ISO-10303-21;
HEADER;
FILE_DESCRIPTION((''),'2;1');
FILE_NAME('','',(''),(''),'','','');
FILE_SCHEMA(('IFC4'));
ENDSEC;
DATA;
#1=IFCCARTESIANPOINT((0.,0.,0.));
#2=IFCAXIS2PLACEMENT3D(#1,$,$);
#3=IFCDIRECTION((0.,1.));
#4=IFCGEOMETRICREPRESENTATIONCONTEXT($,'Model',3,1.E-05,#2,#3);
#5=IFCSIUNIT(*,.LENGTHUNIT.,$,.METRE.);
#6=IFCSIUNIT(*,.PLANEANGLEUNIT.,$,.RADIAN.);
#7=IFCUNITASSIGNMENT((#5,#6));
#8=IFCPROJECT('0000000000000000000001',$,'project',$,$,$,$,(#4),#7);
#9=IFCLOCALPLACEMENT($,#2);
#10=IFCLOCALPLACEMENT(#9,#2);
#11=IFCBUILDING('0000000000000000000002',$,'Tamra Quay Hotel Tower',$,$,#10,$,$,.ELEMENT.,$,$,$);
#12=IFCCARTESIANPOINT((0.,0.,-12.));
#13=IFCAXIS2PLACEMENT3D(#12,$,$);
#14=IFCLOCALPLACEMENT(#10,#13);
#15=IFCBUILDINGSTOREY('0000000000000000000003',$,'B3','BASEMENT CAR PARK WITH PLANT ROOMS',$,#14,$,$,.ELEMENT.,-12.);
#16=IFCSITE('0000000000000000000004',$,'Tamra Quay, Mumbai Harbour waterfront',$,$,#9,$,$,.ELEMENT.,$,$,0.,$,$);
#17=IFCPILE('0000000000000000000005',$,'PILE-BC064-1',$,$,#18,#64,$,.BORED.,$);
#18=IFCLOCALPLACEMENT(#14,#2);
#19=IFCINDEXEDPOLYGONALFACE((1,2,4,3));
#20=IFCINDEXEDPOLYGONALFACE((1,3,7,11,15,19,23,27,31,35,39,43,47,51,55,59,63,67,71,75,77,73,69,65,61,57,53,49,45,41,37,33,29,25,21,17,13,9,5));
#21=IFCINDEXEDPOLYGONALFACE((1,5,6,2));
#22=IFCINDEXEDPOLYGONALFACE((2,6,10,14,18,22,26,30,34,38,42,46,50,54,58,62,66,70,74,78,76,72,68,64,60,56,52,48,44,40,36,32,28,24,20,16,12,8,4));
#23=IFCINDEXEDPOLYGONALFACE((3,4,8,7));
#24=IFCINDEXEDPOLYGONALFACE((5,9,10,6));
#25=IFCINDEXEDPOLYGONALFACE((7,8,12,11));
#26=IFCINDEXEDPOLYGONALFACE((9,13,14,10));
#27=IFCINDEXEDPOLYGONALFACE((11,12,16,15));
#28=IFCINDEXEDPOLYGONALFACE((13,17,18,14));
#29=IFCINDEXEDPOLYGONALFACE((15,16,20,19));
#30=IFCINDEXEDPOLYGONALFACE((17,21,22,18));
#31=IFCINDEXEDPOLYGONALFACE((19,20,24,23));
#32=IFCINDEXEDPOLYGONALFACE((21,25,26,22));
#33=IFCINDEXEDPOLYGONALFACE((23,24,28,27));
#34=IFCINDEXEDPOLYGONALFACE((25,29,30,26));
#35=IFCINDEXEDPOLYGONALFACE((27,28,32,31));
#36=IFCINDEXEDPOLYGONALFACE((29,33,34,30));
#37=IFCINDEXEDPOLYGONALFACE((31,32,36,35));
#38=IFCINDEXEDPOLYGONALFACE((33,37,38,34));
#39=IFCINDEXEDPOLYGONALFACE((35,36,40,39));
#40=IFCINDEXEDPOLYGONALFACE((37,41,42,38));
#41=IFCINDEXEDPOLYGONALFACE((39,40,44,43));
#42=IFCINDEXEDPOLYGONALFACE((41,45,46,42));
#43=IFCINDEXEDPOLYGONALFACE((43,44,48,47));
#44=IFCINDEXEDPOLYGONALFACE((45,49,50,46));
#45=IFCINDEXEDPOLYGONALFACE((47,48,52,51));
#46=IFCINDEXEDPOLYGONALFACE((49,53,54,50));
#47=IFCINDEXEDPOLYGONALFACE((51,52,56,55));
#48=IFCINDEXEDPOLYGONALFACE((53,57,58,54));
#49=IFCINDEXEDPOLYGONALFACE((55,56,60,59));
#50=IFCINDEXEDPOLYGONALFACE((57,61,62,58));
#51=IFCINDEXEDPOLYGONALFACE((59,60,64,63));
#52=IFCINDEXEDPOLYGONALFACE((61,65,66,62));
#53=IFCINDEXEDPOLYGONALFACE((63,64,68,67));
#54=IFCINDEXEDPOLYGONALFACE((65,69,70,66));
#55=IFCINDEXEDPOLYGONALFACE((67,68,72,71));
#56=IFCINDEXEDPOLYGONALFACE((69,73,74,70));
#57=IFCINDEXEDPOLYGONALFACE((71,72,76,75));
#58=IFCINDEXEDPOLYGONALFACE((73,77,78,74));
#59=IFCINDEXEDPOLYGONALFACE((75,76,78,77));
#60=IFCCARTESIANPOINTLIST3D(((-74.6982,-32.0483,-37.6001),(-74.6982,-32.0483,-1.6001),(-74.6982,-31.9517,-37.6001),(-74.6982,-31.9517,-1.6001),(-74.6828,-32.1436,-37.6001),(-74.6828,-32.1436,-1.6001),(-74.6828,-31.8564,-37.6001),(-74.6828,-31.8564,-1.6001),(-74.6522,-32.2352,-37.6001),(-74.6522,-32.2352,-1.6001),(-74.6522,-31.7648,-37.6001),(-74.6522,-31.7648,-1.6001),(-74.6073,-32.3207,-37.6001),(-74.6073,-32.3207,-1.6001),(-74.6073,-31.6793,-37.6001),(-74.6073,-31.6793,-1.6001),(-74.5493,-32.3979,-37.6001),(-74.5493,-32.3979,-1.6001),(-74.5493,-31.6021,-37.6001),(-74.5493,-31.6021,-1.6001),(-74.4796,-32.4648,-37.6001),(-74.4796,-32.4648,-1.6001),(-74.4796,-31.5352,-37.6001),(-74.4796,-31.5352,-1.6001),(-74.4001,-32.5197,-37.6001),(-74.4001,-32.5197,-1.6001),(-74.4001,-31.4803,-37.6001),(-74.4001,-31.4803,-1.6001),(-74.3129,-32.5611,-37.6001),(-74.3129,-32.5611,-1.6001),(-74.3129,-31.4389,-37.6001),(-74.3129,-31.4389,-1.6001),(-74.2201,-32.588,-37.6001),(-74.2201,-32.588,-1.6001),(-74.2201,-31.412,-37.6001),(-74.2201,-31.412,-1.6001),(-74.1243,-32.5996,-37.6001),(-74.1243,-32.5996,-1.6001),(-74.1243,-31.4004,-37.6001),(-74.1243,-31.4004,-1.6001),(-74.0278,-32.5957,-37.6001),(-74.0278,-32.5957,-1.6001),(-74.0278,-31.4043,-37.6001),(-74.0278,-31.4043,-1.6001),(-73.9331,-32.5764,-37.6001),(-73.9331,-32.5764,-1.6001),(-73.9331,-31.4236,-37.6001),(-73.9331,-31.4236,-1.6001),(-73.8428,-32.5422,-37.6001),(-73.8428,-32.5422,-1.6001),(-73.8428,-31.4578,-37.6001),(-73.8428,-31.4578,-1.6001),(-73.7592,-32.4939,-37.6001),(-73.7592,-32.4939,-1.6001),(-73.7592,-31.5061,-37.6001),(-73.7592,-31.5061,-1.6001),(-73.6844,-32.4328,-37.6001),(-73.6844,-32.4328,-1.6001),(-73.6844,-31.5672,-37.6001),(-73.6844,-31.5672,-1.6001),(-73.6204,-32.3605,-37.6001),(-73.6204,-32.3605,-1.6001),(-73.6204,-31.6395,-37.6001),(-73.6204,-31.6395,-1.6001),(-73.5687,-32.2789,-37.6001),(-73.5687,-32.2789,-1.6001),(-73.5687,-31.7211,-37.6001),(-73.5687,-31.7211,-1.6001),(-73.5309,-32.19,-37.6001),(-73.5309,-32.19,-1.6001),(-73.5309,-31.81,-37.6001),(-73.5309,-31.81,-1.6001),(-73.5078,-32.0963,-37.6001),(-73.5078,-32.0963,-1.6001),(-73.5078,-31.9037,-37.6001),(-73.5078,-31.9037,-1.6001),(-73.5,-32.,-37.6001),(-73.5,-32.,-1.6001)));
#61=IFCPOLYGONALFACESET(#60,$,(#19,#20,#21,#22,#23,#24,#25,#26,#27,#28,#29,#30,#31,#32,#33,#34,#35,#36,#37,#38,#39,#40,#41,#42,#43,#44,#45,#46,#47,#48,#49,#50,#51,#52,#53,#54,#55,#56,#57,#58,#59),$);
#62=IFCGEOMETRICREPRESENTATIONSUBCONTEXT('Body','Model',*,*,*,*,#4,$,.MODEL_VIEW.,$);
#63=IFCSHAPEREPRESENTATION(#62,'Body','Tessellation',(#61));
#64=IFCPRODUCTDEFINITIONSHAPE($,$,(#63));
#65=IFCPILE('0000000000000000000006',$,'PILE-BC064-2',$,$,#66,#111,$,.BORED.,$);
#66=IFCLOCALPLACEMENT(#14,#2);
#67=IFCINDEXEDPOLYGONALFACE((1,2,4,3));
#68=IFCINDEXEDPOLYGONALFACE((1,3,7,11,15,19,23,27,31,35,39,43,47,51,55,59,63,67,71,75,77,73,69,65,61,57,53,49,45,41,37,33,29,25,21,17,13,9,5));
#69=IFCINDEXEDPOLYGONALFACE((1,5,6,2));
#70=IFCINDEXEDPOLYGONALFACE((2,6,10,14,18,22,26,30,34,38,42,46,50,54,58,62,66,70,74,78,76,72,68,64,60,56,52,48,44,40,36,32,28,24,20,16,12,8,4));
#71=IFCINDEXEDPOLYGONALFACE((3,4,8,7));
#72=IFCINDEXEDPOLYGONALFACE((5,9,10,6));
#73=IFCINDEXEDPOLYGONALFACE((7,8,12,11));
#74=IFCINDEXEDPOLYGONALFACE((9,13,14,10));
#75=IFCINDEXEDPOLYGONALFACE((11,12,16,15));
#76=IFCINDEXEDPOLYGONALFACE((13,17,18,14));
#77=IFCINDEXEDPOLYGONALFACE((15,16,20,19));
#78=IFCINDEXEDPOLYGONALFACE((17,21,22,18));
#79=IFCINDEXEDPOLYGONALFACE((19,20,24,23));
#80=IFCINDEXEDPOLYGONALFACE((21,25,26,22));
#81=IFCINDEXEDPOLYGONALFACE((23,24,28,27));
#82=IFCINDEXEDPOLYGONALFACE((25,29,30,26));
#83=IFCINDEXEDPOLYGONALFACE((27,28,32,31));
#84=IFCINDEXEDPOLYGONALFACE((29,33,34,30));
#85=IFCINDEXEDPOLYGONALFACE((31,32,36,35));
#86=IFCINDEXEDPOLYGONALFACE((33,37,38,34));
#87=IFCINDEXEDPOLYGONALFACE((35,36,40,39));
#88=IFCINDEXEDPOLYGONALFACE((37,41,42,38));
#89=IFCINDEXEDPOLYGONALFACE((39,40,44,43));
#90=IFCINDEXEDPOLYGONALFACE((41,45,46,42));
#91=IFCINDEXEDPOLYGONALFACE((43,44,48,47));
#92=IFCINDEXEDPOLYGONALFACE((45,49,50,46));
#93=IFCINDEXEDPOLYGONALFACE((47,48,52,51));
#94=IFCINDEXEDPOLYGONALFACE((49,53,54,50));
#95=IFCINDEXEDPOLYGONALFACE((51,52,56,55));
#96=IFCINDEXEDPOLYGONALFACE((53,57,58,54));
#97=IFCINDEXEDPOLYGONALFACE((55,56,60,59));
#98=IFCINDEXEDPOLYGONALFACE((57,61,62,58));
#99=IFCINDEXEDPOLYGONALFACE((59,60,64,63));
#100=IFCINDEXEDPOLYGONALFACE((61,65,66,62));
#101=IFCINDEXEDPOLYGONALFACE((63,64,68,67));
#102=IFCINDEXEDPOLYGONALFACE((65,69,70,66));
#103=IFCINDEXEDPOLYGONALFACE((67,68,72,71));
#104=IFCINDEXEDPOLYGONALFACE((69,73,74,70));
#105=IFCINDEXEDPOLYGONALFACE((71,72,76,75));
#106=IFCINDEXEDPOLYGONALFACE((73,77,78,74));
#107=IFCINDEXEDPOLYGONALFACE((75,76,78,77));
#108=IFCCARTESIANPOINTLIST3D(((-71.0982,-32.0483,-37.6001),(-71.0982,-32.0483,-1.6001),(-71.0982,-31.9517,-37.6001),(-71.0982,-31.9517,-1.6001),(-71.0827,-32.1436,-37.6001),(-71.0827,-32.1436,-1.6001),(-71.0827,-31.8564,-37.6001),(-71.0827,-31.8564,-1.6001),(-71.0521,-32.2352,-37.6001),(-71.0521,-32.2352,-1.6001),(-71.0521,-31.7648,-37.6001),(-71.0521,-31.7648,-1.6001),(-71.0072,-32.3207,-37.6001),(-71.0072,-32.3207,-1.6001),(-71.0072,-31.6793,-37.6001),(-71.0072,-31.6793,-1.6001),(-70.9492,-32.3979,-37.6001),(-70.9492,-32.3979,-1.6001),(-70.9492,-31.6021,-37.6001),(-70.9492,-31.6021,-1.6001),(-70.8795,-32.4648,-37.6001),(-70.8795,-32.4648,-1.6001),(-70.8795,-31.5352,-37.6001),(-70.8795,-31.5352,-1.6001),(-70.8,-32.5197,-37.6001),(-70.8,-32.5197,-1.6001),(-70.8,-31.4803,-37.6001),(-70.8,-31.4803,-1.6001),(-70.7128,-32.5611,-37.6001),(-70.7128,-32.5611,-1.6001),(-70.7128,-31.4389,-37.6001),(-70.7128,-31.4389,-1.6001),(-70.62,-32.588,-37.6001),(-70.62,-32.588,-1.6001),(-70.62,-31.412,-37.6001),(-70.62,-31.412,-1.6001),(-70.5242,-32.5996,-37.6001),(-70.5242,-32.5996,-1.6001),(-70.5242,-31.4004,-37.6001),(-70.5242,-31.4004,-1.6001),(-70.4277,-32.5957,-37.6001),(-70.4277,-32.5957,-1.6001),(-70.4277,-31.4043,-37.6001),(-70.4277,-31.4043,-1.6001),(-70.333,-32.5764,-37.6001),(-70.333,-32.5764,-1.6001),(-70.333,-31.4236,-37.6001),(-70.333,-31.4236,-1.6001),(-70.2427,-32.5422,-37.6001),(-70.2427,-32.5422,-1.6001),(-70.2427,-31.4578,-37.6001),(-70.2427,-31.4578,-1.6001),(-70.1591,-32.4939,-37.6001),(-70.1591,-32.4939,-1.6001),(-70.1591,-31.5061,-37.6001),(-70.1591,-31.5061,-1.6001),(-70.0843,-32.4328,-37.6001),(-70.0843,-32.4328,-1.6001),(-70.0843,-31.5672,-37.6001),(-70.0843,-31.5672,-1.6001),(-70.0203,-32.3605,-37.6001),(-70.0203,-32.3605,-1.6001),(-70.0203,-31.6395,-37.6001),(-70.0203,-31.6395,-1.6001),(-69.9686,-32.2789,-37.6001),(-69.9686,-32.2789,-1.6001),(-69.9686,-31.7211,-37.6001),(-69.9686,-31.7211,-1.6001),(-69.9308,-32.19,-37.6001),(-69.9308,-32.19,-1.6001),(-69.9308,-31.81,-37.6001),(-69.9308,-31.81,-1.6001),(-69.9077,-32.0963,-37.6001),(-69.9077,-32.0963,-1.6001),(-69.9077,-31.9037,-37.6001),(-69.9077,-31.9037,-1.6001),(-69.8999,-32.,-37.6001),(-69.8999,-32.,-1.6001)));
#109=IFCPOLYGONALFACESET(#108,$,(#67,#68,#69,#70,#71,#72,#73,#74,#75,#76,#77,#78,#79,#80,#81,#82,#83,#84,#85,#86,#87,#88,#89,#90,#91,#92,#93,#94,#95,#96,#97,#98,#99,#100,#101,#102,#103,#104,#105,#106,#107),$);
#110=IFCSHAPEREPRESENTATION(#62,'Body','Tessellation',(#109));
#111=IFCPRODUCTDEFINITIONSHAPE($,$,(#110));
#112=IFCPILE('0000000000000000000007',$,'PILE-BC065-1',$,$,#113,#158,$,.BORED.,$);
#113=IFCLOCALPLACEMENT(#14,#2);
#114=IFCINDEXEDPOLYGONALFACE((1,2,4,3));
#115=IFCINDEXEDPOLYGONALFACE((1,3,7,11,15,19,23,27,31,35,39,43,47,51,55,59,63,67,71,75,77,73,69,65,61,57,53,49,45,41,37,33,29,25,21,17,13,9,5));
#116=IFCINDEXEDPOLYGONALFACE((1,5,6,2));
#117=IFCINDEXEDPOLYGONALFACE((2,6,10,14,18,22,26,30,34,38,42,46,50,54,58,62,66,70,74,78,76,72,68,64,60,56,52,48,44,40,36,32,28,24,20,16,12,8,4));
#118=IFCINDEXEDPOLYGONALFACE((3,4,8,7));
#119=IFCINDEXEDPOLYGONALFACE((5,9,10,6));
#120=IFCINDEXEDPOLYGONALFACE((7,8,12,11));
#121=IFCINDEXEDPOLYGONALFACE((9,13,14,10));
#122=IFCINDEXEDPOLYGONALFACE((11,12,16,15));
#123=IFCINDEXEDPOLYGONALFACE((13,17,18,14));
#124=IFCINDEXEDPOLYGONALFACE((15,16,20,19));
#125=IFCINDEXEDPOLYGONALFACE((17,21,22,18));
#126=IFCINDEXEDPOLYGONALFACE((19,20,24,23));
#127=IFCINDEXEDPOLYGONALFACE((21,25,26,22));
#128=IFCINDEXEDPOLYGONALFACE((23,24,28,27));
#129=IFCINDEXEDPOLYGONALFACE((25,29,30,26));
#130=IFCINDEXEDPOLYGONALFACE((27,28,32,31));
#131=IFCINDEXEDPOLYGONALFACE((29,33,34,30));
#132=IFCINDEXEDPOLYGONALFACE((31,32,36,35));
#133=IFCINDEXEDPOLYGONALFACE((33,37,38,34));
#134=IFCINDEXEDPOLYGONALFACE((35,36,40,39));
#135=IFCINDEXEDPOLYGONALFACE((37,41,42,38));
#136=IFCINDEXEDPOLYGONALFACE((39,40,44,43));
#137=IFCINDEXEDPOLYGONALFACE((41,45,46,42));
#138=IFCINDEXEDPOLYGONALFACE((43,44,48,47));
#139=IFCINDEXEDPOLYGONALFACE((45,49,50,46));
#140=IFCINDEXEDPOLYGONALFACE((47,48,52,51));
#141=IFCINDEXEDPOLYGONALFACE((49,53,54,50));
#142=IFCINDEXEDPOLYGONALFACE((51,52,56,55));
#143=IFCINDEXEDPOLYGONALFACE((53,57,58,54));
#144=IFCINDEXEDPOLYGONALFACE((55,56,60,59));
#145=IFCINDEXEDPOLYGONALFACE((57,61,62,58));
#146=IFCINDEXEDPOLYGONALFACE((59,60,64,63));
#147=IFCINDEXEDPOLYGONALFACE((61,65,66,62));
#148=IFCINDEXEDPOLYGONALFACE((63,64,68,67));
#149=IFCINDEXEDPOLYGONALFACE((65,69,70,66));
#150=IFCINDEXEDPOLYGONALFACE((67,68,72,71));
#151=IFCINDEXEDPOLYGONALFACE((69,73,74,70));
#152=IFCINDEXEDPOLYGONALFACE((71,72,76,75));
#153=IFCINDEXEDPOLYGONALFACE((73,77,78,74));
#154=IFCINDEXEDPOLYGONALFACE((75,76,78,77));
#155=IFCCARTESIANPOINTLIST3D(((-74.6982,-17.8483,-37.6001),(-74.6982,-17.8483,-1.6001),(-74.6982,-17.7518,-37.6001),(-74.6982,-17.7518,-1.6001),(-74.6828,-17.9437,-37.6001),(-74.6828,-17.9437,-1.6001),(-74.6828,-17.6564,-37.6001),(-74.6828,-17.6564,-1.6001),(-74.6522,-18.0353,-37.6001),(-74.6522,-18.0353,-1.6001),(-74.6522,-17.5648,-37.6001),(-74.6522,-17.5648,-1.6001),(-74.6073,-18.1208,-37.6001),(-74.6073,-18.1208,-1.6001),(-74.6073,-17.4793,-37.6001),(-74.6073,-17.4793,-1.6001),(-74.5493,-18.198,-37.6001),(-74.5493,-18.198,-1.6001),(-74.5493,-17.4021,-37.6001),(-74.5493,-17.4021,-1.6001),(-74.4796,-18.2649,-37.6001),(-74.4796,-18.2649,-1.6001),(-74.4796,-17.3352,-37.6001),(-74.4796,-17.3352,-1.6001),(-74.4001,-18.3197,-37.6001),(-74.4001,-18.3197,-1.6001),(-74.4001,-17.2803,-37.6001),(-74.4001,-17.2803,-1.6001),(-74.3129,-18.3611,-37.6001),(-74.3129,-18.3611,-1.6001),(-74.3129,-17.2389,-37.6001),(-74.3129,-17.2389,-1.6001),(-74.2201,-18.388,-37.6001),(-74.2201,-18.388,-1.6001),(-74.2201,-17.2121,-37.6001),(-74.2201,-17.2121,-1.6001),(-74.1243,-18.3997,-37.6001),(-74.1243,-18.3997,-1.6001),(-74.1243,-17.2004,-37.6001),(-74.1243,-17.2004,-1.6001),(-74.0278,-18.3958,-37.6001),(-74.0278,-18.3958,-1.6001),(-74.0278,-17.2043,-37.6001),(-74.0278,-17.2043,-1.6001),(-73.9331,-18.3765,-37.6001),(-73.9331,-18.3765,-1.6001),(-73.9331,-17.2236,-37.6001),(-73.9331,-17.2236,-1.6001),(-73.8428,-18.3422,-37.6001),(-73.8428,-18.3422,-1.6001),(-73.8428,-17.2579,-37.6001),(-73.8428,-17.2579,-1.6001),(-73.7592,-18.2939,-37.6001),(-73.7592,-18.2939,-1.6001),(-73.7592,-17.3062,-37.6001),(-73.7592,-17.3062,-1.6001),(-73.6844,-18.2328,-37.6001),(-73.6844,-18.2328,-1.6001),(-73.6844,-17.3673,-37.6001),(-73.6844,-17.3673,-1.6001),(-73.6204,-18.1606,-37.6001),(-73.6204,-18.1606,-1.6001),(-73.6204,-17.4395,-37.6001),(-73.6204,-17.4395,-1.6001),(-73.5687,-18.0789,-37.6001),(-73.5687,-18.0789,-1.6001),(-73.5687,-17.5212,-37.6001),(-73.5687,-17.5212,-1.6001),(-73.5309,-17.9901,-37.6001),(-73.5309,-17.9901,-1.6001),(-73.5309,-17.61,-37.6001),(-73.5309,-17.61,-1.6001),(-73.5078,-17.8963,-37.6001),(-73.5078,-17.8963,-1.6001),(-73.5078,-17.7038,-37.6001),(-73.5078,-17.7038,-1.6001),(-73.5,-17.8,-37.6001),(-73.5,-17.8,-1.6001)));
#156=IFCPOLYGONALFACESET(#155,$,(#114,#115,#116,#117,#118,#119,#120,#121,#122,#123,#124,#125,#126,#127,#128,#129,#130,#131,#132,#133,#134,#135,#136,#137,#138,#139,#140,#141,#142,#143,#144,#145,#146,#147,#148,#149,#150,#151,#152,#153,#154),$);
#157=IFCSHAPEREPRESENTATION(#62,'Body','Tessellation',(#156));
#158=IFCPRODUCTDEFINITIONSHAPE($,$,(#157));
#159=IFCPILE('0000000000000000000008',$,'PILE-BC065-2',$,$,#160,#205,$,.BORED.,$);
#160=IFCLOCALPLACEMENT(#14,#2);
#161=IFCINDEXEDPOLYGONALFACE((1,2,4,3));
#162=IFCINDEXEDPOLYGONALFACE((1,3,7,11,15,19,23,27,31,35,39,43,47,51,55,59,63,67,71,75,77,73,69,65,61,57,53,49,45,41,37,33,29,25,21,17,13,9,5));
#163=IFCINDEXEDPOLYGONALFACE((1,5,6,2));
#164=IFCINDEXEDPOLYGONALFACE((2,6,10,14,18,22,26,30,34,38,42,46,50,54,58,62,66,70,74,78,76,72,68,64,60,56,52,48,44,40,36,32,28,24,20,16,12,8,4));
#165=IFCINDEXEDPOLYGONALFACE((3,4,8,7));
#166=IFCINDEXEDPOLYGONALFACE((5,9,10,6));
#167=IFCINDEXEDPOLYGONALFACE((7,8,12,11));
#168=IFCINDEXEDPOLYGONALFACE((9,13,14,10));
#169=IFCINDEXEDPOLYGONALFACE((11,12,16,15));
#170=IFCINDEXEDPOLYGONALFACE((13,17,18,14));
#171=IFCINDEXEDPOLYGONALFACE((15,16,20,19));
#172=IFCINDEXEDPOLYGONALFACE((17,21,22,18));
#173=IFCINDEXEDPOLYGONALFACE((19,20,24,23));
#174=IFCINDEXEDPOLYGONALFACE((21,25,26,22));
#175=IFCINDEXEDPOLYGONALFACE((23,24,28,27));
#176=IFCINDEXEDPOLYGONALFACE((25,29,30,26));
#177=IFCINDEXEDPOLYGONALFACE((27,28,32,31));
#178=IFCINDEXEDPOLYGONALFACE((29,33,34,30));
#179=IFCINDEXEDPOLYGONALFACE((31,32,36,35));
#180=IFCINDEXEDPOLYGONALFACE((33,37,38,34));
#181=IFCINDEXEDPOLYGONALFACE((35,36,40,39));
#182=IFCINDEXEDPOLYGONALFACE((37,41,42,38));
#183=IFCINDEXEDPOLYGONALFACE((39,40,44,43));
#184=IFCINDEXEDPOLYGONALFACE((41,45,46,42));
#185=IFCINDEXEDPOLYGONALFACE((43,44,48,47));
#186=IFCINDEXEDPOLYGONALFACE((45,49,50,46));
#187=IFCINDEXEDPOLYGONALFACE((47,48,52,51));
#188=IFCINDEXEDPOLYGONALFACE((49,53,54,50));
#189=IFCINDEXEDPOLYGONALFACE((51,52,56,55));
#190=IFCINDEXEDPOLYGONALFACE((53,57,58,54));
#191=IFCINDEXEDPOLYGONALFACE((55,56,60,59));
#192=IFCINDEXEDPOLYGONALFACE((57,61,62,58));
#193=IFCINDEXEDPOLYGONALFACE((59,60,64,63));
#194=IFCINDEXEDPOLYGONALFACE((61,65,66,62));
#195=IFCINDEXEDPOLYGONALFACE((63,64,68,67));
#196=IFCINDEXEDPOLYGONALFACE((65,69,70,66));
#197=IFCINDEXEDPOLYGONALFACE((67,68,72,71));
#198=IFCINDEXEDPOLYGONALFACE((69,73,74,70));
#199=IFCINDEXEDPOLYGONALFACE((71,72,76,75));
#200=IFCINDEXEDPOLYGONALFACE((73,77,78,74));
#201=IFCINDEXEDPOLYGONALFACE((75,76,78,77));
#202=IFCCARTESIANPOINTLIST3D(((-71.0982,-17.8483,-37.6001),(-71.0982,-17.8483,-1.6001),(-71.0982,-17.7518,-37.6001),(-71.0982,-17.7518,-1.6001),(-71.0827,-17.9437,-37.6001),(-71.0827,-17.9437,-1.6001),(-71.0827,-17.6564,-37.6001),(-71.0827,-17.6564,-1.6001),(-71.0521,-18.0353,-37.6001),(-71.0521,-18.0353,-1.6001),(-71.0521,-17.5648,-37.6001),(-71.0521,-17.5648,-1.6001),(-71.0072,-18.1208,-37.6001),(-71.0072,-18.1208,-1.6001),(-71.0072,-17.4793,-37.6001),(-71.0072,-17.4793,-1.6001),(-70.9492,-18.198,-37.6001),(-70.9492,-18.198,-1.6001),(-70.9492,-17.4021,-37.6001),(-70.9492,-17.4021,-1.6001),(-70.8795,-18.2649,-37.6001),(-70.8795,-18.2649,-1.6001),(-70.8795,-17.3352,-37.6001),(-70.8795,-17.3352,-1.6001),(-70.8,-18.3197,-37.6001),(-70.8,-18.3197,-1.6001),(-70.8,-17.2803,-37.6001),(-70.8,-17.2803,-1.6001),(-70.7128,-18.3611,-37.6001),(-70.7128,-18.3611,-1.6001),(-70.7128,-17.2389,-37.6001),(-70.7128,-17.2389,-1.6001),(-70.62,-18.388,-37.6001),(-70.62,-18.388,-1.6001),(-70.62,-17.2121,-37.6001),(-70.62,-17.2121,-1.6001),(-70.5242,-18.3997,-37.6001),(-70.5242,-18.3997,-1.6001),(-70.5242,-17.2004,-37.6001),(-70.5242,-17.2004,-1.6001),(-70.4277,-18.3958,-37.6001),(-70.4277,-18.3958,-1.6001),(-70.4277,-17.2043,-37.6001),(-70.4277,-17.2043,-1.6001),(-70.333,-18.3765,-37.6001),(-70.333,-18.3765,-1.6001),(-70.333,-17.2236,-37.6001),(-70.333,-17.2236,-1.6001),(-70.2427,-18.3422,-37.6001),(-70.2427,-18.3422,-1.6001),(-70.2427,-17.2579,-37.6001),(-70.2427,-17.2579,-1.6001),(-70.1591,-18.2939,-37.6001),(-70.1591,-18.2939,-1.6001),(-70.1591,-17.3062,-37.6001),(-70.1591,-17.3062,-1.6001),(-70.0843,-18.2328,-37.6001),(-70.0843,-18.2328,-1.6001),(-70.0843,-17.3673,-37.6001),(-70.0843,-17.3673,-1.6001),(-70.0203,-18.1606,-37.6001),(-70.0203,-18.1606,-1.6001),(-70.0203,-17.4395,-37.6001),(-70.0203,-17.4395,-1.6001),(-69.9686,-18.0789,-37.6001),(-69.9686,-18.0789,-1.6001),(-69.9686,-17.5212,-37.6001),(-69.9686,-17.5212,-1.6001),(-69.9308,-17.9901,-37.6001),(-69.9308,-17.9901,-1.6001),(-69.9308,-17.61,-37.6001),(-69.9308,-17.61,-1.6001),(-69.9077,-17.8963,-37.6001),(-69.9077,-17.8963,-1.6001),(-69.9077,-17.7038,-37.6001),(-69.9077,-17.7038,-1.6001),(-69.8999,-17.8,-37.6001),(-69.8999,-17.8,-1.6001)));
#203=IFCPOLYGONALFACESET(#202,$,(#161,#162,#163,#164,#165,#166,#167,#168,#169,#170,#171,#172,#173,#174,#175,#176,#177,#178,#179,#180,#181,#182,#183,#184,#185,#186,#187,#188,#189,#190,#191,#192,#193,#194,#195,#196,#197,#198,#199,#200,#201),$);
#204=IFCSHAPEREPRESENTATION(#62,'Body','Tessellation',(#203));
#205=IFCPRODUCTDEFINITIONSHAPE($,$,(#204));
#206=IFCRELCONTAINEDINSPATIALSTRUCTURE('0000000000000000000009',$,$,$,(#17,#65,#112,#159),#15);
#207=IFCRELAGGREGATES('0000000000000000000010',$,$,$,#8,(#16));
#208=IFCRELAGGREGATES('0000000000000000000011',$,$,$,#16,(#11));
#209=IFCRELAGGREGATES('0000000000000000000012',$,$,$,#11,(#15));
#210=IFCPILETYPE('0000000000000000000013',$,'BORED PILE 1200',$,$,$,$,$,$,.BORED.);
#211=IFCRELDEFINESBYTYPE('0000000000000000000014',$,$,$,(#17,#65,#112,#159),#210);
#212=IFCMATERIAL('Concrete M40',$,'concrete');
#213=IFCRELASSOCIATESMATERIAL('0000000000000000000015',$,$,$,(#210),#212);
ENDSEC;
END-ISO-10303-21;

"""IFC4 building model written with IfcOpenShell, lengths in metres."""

from ifc_helpers import new_model, si_unit, direction, frame, origin, origin_2d, place, context, subcontext, project, spatial, circle, extrude, material, material_profile, profile_set, type_object, element, save


model = new_model("IFC4")

# Units and contexts
model_context = context("Model", 3, precision=1e-05, world=origin(), true_north=direction((0.0, 1.0)))
body_context = subcontext(model_context, "Body", "Model", "MODEL_VIEW")
ifc_project = project(units=[si_unit("LENGTHUNIT", "METRE"), si_unit("PLANEANGLEUNIT", "RADIAN")], contexts=[model_context])

# Site, building, storey
site_placement = place(None, origin())
site = spatial("IfcSite", under=ifc_project, at=site_placement, Name="Tamra Quay, Mumbai Harbour waterfront", CompositionType="ELEMENT", RefElevation=0.0)
building_placement = place(site_placement, origin())
building = spatial("IfcBuilding", under=site, at=building_placement, Name="Tamra Quay Hotel Tower", CompositionType="ELEMENT")
storey_placement = place(building_placement, frame((0.0, 0.0, -12.0)))
storey = spatial("IfcBuildingStorey", under=building, at=storey_placement, Name="B3", Description="BASEMENT CAR PARK WITH PLANT ROOMS", CompositionType="ELEMENT", Elevation=-12.0)

# Piles
ifc_material_1 = material(Name="Concrete M40", Category="concrete")
ifc_material_profile_1 = material_profile(ifc_material_1, circle(Radius=0.6001, at=origin_2d()), Name="BORED PILE 1200")
ifc_profile_set_1 = profile_set([ifc_material_profile_1], Name="Concrete M40")
pile_type = type_object("IfcPileType", Name="BORED PILE 1200", PredefinedType="BORED", material=ifc_profile_set_1)
for number, where, z_axis, x_axis, name in (
    (1, (-74.1001, -32.0, -1.6001), (0.0, 0.0, -1.0), (1.0, 0.0, 0.0), "PILE-BC064-1"),
    (2, (-70.5, -32.0, -1.6001), (0.0, 0.0, -1.0), (1.0, 0.0, 0.0), "PILE-BC064-2"),
    (3, (-74.1001, -17.8, -1.6001), (0.0, 0.0, -1.0), (1.0, 0.0, 0.0), "PILE-BC065-1"),
    (4, (-70.5, -17.8, -1.6001), (0.0, 0.0, -1.0), (1.0, 0.0, 0.0), "PILE-BC065-2"),
):
    element("IfcPile", number, at=place(storey_placement, frame(where, z_axis=z_axis, x_axis=x_axis)), inside=storey, type_object=pile_type, Name=name, PredefinedType="BORED", context=body_context, shape_type="SweptSolid", body=[
        extrude(circle(Radius=0.6001, at=origin_2d()), origin(), (0.0, 0.0, 1.0), 36.0),
    ])

save(model, "model.ifc")
